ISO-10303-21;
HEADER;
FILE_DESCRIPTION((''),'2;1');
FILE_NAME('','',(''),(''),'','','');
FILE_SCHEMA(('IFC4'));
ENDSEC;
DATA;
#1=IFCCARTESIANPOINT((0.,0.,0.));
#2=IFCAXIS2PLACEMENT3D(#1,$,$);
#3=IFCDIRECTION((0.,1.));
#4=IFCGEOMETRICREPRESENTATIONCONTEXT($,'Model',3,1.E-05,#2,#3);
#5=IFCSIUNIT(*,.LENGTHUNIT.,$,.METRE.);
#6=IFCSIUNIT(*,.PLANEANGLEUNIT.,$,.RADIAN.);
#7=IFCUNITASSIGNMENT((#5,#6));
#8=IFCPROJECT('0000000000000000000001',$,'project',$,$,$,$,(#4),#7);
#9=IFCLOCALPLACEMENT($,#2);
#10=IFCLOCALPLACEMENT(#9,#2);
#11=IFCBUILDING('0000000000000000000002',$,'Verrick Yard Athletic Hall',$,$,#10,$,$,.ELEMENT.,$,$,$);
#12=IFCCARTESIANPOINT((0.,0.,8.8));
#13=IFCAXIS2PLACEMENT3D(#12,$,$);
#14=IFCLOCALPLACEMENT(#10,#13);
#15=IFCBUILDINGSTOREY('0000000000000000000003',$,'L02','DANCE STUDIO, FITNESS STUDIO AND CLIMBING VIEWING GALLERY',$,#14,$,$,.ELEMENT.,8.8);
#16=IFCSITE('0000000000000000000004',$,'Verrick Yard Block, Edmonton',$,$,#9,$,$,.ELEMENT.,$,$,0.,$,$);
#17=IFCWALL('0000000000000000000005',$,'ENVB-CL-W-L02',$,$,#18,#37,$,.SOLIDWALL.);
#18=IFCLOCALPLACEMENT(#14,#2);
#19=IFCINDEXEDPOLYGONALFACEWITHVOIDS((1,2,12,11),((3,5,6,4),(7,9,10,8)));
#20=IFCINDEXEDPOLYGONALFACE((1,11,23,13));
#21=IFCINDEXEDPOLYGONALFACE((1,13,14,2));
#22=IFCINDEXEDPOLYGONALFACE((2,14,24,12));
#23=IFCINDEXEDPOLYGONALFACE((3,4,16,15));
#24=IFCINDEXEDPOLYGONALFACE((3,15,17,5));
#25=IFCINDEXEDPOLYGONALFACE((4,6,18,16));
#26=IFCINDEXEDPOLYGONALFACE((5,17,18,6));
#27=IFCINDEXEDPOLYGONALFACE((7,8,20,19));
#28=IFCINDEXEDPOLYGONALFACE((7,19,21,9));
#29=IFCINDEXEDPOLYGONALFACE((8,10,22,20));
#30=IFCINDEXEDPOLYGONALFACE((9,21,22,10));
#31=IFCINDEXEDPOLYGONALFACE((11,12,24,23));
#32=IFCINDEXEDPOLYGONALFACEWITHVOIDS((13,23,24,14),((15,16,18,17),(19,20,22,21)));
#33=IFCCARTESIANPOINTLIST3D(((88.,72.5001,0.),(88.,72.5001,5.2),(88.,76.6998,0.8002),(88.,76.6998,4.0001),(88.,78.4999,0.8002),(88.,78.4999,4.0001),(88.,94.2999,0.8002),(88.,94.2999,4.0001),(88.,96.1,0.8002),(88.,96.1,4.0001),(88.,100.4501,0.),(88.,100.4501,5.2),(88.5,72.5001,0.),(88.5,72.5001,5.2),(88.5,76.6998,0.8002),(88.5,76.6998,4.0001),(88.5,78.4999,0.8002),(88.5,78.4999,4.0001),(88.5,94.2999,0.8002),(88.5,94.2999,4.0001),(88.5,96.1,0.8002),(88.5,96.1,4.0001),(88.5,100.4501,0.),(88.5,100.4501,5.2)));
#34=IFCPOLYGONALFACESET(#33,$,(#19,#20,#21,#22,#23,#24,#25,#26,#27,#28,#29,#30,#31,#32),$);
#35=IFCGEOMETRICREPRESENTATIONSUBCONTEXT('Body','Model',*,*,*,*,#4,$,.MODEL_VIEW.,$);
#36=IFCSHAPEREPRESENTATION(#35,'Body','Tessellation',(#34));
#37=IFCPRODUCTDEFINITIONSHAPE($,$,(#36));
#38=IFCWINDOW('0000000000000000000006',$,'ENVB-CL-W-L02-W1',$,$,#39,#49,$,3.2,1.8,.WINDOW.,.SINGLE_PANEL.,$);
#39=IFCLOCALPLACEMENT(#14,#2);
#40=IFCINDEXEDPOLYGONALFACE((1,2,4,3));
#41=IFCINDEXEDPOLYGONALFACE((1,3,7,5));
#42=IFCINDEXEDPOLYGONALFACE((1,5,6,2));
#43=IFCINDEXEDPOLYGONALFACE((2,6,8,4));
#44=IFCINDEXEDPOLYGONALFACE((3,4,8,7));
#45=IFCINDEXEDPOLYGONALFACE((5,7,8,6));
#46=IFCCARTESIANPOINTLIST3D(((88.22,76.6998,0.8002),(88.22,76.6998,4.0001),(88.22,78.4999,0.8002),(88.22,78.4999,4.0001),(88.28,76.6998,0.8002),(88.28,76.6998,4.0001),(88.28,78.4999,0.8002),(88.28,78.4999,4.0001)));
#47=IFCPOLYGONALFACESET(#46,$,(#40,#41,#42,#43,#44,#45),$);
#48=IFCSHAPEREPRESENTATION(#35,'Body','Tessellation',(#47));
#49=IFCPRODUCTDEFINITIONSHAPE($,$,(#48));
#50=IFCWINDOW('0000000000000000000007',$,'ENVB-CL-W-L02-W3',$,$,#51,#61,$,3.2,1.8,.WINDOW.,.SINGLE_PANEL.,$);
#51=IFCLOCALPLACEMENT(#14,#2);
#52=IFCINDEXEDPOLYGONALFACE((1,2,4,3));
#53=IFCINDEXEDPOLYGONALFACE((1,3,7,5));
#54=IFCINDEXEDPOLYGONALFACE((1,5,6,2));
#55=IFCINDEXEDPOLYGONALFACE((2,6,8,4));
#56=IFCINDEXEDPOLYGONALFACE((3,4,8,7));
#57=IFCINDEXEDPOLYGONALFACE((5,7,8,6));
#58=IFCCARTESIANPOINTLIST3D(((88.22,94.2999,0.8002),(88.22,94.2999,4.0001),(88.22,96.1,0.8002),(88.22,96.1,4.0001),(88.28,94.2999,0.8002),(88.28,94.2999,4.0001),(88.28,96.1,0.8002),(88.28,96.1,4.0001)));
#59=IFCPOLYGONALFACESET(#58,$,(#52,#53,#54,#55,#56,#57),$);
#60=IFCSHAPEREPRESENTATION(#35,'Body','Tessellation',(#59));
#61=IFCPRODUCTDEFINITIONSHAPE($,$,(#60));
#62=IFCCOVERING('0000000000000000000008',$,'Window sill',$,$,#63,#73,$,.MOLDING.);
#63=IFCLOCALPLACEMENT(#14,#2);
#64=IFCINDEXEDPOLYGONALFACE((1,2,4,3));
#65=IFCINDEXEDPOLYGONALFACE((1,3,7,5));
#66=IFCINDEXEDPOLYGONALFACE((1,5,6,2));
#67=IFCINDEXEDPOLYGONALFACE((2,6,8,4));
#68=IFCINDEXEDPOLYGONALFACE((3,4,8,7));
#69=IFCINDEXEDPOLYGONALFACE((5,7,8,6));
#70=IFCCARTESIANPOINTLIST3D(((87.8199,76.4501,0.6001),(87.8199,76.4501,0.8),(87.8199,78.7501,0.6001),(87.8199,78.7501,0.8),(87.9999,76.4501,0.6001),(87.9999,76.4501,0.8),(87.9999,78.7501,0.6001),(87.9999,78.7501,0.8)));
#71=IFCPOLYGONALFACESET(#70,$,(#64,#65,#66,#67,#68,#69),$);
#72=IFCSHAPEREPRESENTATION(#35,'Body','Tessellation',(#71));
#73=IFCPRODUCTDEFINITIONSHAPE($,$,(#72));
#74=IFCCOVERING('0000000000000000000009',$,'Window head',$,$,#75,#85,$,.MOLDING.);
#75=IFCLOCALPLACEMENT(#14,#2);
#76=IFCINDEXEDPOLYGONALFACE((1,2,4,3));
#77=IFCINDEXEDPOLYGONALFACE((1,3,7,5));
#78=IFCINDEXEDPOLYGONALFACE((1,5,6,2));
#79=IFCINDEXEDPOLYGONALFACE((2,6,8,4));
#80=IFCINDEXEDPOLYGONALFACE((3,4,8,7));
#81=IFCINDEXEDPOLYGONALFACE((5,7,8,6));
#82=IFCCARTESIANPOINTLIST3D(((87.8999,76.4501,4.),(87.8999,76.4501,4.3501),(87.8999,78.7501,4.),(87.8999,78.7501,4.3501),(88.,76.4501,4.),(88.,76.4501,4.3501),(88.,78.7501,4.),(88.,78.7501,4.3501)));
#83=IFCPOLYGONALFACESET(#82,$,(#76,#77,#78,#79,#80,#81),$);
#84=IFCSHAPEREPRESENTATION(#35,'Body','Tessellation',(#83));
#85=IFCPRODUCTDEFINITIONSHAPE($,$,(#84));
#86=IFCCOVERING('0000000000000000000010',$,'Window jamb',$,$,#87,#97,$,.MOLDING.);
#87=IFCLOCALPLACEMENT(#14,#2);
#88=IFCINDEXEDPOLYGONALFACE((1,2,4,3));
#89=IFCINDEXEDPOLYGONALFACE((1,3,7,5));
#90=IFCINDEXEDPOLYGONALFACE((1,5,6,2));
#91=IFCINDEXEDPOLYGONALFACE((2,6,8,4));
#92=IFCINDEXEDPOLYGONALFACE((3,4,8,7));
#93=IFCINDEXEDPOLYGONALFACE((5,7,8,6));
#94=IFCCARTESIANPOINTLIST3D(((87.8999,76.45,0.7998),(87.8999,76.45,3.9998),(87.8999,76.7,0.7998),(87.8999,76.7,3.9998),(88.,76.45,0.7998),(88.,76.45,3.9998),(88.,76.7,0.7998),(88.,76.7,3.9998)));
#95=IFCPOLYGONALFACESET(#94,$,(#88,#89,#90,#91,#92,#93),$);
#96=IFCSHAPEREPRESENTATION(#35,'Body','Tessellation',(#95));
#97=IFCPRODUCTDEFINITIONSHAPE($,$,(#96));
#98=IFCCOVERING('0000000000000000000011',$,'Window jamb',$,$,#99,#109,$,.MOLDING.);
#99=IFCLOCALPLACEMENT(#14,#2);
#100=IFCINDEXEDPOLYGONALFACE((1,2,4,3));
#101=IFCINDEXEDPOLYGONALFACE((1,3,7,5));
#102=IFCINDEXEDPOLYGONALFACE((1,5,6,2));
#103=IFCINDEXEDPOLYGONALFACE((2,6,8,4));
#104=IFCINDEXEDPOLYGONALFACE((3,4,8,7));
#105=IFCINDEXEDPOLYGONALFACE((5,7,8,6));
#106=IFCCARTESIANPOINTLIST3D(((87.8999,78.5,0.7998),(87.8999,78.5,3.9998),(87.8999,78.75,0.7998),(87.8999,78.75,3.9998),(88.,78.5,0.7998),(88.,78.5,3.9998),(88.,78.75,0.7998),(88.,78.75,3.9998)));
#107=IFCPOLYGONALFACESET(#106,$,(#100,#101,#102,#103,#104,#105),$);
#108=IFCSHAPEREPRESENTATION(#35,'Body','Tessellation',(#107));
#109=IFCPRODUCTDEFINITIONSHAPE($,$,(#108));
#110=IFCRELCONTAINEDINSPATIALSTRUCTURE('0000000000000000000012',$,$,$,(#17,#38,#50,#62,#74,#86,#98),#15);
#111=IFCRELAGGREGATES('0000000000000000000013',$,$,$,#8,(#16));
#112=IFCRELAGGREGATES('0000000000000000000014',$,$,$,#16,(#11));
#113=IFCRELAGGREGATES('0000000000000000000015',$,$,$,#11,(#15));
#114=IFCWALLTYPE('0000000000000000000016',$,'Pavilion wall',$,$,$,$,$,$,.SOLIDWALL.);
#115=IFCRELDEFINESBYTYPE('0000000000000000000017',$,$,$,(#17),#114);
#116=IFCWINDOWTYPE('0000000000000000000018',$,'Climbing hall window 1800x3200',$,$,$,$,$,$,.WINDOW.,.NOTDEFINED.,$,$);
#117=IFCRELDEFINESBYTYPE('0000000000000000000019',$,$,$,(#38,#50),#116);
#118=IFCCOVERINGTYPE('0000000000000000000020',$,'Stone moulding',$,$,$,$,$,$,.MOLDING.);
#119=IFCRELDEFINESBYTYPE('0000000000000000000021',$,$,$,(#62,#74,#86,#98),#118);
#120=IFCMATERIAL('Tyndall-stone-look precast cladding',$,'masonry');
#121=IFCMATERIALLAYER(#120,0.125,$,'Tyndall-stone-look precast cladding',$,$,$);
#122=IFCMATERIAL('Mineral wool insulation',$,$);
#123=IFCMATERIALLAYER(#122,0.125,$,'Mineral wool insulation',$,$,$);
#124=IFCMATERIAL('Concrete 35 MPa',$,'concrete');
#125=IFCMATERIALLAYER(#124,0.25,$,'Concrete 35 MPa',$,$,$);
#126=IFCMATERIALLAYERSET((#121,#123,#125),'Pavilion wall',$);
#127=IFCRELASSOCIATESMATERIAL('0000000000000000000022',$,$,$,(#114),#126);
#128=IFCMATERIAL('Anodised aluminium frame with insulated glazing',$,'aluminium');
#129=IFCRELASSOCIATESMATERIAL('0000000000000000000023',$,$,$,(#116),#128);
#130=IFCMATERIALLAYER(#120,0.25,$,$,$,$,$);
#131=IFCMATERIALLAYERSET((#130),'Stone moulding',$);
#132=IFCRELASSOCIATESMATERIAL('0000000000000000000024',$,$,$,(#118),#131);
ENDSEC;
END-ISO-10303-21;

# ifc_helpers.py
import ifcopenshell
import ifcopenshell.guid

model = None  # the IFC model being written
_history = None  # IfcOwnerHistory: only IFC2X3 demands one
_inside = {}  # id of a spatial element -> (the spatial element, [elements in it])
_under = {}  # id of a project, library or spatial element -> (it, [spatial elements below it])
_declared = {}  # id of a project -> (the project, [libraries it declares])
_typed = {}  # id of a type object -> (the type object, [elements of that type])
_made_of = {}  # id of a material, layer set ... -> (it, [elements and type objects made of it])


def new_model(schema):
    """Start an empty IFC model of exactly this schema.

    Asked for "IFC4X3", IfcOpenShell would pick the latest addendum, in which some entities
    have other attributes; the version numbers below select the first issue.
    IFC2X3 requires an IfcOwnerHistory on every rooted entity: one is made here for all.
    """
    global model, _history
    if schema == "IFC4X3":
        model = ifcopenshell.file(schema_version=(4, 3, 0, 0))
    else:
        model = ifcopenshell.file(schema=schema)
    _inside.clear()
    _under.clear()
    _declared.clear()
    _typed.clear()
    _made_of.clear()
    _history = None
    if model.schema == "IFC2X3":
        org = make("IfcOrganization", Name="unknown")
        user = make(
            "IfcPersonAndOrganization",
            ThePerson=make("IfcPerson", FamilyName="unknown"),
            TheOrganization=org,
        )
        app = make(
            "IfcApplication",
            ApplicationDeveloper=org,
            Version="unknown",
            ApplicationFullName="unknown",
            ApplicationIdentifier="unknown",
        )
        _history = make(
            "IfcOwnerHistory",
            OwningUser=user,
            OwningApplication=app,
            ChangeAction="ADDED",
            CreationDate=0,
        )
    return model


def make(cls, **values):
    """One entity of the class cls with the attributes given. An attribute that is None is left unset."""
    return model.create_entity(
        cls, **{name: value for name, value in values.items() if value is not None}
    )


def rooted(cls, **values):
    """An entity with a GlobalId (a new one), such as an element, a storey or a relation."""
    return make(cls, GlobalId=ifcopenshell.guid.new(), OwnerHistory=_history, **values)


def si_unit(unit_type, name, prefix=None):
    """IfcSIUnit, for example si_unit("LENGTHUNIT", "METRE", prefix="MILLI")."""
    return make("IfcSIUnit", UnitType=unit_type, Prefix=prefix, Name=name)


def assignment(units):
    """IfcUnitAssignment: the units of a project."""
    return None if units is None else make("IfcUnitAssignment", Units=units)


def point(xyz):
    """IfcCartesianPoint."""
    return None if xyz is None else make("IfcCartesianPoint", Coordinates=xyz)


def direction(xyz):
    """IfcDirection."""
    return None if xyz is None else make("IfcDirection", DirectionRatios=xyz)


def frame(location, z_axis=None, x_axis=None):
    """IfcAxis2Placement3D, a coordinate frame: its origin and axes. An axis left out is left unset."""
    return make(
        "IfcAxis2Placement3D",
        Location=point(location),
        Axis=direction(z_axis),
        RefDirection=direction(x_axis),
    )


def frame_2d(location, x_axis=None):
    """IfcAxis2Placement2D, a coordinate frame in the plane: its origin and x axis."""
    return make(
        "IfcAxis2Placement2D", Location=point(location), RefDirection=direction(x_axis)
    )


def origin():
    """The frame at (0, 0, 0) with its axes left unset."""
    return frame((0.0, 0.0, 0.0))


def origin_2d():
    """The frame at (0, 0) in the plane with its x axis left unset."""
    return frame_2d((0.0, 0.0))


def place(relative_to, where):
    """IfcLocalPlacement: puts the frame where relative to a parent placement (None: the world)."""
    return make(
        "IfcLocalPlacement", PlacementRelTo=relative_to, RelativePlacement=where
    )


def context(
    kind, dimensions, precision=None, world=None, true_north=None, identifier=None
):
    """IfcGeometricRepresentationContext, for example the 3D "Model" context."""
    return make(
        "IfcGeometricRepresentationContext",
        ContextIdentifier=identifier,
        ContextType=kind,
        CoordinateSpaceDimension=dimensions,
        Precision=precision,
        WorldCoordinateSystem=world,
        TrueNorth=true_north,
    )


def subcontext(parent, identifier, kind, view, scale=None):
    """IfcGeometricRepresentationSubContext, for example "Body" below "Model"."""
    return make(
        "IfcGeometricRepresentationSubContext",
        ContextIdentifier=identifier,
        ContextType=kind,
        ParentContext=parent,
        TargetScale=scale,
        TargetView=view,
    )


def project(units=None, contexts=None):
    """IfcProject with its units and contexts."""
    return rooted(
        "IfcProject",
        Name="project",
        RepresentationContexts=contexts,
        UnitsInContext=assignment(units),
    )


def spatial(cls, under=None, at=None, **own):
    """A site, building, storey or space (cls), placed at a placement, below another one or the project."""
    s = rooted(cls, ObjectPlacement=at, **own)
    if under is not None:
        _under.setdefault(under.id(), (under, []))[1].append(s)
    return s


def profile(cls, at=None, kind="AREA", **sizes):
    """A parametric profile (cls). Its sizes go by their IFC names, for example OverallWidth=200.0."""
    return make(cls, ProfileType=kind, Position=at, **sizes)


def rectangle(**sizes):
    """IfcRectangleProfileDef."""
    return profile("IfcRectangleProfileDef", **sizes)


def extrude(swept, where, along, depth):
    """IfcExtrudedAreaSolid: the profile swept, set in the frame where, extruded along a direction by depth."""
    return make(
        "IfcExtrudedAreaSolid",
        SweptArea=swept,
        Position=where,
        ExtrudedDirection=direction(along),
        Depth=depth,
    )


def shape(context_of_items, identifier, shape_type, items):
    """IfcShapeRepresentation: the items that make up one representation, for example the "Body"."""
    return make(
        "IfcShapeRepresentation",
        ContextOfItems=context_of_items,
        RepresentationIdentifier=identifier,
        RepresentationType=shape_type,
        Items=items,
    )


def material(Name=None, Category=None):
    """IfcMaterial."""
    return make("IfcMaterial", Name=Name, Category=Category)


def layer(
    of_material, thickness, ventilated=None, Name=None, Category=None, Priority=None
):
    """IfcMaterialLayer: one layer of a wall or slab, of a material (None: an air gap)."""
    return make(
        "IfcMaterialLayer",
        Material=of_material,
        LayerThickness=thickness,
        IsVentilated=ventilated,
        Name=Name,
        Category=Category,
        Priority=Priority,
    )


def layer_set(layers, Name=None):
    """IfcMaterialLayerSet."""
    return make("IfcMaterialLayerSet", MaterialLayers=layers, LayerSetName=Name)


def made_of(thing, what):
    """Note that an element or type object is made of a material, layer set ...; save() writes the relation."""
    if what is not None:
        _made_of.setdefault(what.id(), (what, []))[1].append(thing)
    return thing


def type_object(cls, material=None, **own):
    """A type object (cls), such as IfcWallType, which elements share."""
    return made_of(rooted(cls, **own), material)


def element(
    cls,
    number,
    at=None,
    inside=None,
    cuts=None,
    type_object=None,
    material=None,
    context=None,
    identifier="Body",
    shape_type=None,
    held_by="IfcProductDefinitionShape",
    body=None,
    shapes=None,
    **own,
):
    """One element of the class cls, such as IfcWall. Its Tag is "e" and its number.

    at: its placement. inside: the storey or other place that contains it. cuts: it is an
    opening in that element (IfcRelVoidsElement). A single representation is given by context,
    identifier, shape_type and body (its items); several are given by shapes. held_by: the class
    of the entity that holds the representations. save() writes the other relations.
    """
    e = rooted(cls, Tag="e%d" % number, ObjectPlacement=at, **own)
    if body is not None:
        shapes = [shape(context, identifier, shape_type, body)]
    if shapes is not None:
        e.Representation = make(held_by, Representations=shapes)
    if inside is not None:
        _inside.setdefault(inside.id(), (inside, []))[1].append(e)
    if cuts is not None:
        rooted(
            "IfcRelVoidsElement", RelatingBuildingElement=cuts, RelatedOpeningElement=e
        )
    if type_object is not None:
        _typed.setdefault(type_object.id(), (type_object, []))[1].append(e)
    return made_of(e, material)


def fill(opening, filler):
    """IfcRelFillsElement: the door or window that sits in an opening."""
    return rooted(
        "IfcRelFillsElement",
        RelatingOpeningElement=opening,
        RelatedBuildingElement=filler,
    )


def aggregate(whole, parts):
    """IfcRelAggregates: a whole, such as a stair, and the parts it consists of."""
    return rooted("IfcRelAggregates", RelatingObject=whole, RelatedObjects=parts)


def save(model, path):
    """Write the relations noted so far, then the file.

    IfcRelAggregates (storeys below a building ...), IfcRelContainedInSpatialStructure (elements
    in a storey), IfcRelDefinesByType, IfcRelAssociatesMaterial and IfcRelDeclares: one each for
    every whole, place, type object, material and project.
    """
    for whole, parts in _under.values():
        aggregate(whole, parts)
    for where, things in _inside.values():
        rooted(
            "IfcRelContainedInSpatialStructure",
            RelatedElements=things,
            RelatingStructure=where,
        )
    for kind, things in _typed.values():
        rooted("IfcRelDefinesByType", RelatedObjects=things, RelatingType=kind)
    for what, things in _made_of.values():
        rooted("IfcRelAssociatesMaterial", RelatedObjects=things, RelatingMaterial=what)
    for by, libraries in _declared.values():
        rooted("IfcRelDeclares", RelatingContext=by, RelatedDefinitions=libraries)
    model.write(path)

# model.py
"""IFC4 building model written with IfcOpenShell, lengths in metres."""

from ifc_helpers import new_model, si_unit, direction, frame, frame_2d, origin, origin_2d, place, context, subcontext, project, spatial, rectangle, extrude, material, layer, layer_set, type_object, element, fill, save


model = new_model("IFC4")

# Units and contexts
model_context = context("Model", 3, precision=1e-05, world=origin(), true_north=direction((0.0, 1.0)))
body_context = subcontext(model_context, "Body", "Model", "MODEL_VIEW")
ifc_project = project(units=[si_unit("LENGTHUNIT", "METRE"), si_unit("PLANEANGLEUNIT", "RADIAN")], contexts=[model_context])

# Site, building, storey
site_placement = place(None, origin())
site = spatial("IfcSite", under=ifc_project, at=site_placement, Name="Verrick Yard Block, Edmonton", CompositionType="ELEMENT", RefElevation=0.0)
building_placement = place(site_placement, origin())
building = spatial("IfcBuilding", under=site, at=building_placement, Name="Verrick Yard Athletic Hall", CompositionType="ELEMENT")
storey_placement = place(building_placement, frame((0.0, 0.0, 8.8)))
storey = spatial("IfcBuildingStorey", under=building, at=storey_placement, Name="L02", Description="DANCE STUDIO, FITNESS STUDIO AND CLIMBING VIEWING GALLERY", CompositionType="ELEMENT", Elevation=8.8)

# Shared definitions
ifc_material_1 = material(Name="Concrete 35 MPa", Category="concrete")

# Wall, openings, windows
ifc_material_2 = material(Name="Tyndall-stone-look precast cladding", Category="masonry")
ifc_layer_1 = layer(ifc_material_2, 0.125, Name="Tyndall-stone-look precast cladding")
ifc_material_3 = material(Name="Mineral wool insulation")
ifc_layer_2 = layer(ifc_material_3, 0.125, Name="Mineral wool insulation")
ifc_layer_3 = layer(ifc_material_1, 0.25, Name="Concrete 35 MPa")
ifc_layer_set_1 = layer_set([ifc_layer_1, ifc_layer_2, ifc_layer_3], Name="Pavilion wall")
wall_type_1 = type_object("IfcWallType", Name="Pavilion wall", PredefinedType="SOLIDWALL", material=ifc_layer_set_1)
wall_placement = place(storey_placement, frame((88.25, 72.5, 0.0), z_axis=(0.0, 0.0, 1.0), x_axis=(0.0, 1.0, 0.0)))
wall = element("IfcWall", 1, at=wall_placement, inside=storey, type_object=wall_type_1, Name="ENVB-CL-W-L02", PredefinedType="SOLIDWALL", context=body_context, shape_type="SweptSolid", body=[
    extrude(rectangle(XDim=27.95, YDim=0.5, at=frame_2d((13.9751, 0.0))), origin(), (0.0, 0.0, 1.0), 5.2),
])
opening_1_placement = place(wall_placement, frame((4.2, 0.0, 0.8)))
opening_1 = element("IfcOpeningElement", 2, at=opening_1_placement, cuts=wall, PredefinedType="OPENING", context=body_context, shape_type="SweptSolid", body=[
    extrude(rectangle(XDim=1.8, YDim=3.2, at=frame_2d((0.8999, 1.6001))), frame((0.0, 0.26, 0.0), z_axis=(0.0, -1.0, 0.0), x_axis=(1.0, 0.0, 0.0)), (0.0, 0.0, 1.0), 0.52),
])
opening_2_placement = place(wall_placement, frame((21.8, 0.0, 0.8)))
opening_2 = element("IfcOpeningElement", 3, at=opening_2_placement, cuts=wall, PredefinedType="OPENING", context=body_context, shape_type="SweptSolid", body=[
    extrude(rectangle(XDim=1.8, YDim=3.2, at=frame_2d((0.8999, 1.6001))), frame((0.0, 0.26, 0.0), z_axis=(0.0, -1.0, 0.0), x_axis=(1.0, 0.0, 0.0)), (0.0, 0.0, 1.0), 0.52),
])
ifc_material_4 = material(Name="Anodised aluminium frame with insulated glazing", Category="aluminium")
window_type = type_object("IfcWindowType", Name="Climbing hall window 1800x3200", PartitioningType="NOTDEFINED", PredefinedType="WINDOW", material=ifc_material_4)
window_1_placement = place(opening_1_placement, origin())
window_1 = element("IfcWindow", 4, at=window_1_placement, inside=storey, type_object=window_type, Name="ENVB-CL-W-L02-W1", OverallHeight=3.2, OverallWidth=1.8, PartitioningType="SINGLE_PANEL", PredefinedType="WINDOW", context=body_context, shape_type="SweptSolid", body=[
    extrude(rectangle(XDim=1.8, YDim=3.2, at=frame_2d((0.8999, 1.6001))), frame((0.0, 0.03, 0.0), z_axis=(0.0, -1.0, 0.0), x_axis=(1.0, 0.0, 0.0)), (0.0, 0.0, 1.0), 0.0601),
])
fill(opening_1, window_1)
window_2_placement = place(opening_2_placement, origin())
window_2 = element("IfcWindow", 5, at=window_2_placement, inside=storey, type_object=window_type, Name="ENVB-CL-W-L02-W3", OverallHeight=3.2, OverallWidth=1.8, PartitioningType="SINGLE_PANEL", PredefinedType="WINDOW", context=body_context, shape_type="SweptSolid", body=[
    extrude(rectangle(XDim=1.8, YDim=3.2, at=frame_2d((0.8999, 1.6001))), frame((0.0, 0.03, 0.0), z_axis=(0.0, -1.0, 0.0), x_axis=(1.0, 0.0, 0.0)), (0.0, 0.0, 1.0), 0.0601),
])
fill(opening_2, window_2)

# Coverings
ifc_layer_4 = layer(ifc_material_2, 0.25)
ifc_layer_set_2 = layer_set([ifc_layer_4], Name="Stone moulding")
covering_type = type_object("IfcCoveringType", Name="Stone moulding", PredefinedType="MOLDING", material=ifc_layer_set_2)
covering_1_placement = place(storey_placement, frame((87.9099, 77.6001, 0.6001), z_axis=(0.0, 0.0, 1.0), x_axis=(0.0, 1.0, 0.0)))
element("IfcCovering", 6, at=covering_1_placement, inside=storey, type_object=covering_type, Name="Window sill", PredefinedType="MOLDING", context=body_context, shape_type="SweptSolid", body=[
    extrude(rectangle(XDim=2.3, YDim=0.1799, at=origin_2d()), origin(), (0.0, 0.0, 1.0), 0.2),
])
covering_2_placement = place(storey_placement, frame((87.95, 77.6001, 4.0), z_axis=(0.0, 0.0, 1.0), x_axis=(0.0, 1.0, 0.0)))
element("IfcCovering", 7, at=covering_2_placement, inside=storey, type_object=covering_type, Name="Window head", PredefinedType="MOLDING", context=body_context, shape_type="SweptSolid", body=[
    extrude(rectangle(XDim=2.3, YDim=0.1001, at=origin_2d()), origin(), (0.0, 0.0, 1.0), 0.3501),
])
for number, where, z_axis, x_axis, name in (
    (8, (87.95, 76.575, 0.7998), (0.0, 0.0, 1.0), (0.0, 1.0, 0.0), "Window jamb"),
    (9, (87.95, 78.625, 0.7998), (0.0, 0.0, 1.0), (0.0, 1.0, 0.0), "Window jamb"),
):
    element("IfcCovering", number, at=place(storey_placement, frame(where, z_axis=z_axis, x_axis=x_axis)), inside=storey, type_object=covering_type, Name=name, PredefinedType="MOLDING", context=body_context, shape_type="SweptSolid", body=[
        extrude(rectangle(XDim=0.25, YDim=0.1001, at=origin_2d()), origin(), (0.0, 0.0, 1.0), 3.2),
    ])

save(model, "model.ifc")
